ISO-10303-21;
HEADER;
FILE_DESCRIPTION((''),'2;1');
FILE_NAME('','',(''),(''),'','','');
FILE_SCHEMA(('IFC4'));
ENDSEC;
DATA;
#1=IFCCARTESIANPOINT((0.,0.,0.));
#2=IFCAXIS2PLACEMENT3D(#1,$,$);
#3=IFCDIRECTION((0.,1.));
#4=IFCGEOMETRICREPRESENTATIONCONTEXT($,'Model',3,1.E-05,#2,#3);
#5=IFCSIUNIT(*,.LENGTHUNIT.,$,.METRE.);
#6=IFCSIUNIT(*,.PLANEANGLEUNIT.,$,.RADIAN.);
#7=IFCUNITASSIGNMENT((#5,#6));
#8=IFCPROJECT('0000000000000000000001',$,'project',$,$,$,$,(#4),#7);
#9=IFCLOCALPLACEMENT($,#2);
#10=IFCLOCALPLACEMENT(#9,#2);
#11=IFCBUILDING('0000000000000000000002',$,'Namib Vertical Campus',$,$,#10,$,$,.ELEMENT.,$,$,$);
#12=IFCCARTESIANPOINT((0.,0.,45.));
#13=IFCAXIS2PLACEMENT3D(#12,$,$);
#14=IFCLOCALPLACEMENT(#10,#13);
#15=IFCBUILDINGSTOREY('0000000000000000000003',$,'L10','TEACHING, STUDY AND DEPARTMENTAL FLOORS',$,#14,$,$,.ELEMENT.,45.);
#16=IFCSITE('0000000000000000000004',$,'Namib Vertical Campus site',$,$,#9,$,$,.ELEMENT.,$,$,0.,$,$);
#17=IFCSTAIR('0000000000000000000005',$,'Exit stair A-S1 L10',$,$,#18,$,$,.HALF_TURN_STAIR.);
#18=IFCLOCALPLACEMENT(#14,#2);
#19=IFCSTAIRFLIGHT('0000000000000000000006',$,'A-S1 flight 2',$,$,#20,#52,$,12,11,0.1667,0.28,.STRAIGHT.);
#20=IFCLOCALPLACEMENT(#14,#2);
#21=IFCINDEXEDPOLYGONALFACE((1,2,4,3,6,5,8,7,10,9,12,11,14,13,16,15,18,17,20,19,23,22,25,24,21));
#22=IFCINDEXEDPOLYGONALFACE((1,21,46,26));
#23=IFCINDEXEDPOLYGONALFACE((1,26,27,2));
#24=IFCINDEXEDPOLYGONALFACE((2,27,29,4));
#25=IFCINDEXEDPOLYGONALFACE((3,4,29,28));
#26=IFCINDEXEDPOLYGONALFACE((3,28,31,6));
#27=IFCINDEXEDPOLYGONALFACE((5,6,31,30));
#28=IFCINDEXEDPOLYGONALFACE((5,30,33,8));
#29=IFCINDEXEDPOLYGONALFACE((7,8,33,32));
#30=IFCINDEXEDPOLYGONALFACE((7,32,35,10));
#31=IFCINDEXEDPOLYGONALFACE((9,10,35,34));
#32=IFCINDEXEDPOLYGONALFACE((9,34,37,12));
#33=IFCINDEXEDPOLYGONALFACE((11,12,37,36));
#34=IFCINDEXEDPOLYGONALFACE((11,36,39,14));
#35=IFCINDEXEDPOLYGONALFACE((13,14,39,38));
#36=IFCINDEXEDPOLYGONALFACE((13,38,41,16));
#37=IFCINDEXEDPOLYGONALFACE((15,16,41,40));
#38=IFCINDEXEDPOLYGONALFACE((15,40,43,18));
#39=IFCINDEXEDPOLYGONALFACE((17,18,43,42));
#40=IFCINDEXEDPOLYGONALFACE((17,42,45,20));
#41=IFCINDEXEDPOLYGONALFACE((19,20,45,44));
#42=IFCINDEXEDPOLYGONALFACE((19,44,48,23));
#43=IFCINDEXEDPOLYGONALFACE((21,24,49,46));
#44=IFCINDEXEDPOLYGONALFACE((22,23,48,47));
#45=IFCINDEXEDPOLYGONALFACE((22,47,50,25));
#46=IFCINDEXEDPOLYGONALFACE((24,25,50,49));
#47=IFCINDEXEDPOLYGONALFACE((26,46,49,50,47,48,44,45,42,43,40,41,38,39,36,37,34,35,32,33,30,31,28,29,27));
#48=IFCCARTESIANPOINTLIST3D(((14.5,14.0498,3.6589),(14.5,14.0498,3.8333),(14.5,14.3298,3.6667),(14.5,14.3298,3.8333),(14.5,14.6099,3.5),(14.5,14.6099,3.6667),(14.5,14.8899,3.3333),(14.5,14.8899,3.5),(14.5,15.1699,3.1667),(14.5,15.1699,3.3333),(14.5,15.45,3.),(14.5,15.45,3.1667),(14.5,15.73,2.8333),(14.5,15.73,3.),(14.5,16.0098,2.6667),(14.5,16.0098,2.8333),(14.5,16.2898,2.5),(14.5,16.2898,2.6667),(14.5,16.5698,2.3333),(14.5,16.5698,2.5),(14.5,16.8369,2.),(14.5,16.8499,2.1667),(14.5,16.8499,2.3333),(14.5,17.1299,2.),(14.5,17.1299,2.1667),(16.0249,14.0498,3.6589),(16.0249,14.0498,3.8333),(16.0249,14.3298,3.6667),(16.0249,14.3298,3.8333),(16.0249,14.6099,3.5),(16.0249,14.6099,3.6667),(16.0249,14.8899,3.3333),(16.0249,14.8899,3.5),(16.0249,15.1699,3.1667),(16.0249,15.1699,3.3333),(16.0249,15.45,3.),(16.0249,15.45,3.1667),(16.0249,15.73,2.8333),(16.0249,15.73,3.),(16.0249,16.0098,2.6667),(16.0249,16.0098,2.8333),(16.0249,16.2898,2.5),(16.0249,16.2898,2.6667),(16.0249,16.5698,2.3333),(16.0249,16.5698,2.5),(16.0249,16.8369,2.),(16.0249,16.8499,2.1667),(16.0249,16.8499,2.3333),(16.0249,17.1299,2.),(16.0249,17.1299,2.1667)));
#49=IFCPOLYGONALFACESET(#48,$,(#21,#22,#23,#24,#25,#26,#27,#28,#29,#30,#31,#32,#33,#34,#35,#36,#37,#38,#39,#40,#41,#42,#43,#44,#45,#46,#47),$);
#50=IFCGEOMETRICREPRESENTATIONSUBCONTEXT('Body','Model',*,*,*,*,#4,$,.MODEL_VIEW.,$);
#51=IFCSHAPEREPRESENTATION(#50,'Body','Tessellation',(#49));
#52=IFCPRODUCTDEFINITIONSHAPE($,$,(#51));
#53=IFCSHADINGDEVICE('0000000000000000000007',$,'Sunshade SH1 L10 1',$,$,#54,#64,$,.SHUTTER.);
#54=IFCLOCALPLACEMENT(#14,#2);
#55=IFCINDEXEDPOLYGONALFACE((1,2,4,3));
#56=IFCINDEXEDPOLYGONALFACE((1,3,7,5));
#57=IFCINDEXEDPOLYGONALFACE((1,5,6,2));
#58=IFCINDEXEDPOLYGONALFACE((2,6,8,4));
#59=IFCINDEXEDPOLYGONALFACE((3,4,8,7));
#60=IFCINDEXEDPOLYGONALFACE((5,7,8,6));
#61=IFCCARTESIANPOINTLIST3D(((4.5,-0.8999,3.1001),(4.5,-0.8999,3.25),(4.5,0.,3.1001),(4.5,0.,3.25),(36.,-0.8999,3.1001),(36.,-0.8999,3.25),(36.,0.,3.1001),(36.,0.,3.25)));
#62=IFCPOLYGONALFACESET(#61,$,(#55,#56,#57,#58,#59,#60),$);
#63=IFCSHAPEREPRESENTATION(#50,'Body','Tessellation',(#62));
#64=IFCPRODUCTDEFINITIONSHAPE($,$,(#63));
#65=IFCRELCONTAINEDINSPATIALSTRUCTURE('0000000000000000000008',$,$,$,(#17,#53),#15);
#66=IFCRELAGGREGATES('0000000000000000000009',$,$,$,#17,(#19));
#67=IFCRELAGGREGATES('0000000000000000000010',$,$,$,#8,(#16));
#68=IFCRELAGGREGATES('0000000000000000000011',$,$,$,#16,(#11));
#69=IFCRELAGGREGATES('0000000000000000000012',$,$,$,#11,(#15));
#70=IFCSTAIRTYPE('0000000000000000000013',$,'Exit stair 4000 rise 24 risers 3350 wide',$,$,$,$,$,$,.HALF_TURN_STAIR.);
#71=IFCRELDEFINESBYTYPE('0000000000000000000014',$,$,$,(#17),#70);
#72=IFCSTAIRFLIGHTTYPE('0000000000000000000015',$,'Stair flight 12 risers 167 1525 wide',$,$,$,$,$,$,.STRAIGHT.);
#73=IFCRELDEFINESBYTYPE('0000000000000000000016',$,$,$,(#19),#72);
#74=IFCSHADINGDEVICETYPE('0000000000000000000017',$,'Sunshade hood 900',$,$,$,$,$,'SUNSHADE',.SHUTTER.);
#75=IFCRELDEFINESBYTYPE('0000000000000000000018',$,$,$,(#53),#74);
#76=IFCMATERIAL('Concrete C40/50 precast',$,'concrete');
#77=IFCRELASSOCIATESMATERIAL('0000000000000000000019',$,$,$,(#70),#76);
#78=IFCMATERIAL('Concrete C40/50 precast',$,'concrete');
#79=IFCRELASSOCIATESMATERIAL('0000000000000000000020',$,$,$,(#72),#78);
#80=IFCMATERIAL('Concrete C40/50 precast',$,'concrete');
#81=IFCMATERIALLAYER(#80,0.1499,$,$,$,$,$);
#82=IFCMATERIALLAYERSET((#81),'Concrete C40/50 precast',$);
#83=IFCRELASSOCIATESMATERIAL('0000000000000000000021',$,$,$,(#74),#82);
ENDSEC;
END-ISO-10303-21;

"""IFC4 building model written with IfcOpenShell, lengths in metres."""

from ifc_helpers import new_model, si_unit, direction, frame, origin, origin_2d, place, context, subcontext, project, spatial, polyline, rectangle, outline, extrude, material, layer, layer_set, type_object, element, aggregate, save


model = new_model("IFC4")

# Units and contexts
model_context = context("Model", 3, precision=1e-05, world=origin(), true_north=direction((0.0, 1.0)))
body_context = subcontext(model_context, "Body", "Model", "MODEL_VIEW")
ifc_project = project(units=[si_unit("LENGTHUNIT", "METRE"), si_unit("PLANEANGLEUNIT", "RADIAN")], contexts=[model_context])

# Site, building, storey
site_placement = place(None, origin())
site = spatial("IfcSite", under=ifc_project, at=site_placement, Name="Namib Vertical Campus site", CompositionType="ELEMENT", RefElevation=0.0)
building_placement = place(site_placement, origin())
building = spatial("IfcBuilding", under=site, at=building_placement, Name="Namib Vertical Campus", CompositionType="ELEMENT")
storey_placement = place(building_placement, frame((0.0, 0.0, 45.0)))
storey = spatial("IfcBuildingStorey", under=building, at=storey_placement, Name="L10", Description="TEACHING, STUDY AND DEPARTMENTAL FLOORS", CompositionType="ELEMENT", Elevation=45.0)

# Stair, stair flight
ifc_material_1 = material(Name="Concrete C40/50 precast", Category="concrete")
stair_type = type_object("IfcStairType", Name="Exit stair 4000 rise 24 risers 3350 wide", PredefinedType="HALF_TURN_STAIR", material=ifc_material_1)
stair_placement = place(storey_placement, origin())
stair = element("IfcStair", 1, at=stair_placement, inside=storey, type_object=stair_type, Name="Exit stair A-S1 L10", PredefinedType="HALF_TURN_STAIR")
ifc_material_2 = material(Name="Concrete C40/50 precast", Category="concrete")
stair_flight_type = type_object("IfcStairFlightType", Name="Stair flight 12 risers 167 1525 wide", PredefinedType="STRAIGHT", material=ifc_material_2)
stair_flight_1_placement = place(storey_placement, frame((15.2625, 17.1299, 2.0), z_axis=(0.0, 0.0, 1.0), x_axis=(0.0, -1.0, 0.0)))
stair_flight_1 = element("IfcStairFlight", 2, at=stair_flight_1_placement, type_object=stair_flight_type, Name="A-S1 flight 2", NumberOfRisers=12, NumberOfTreads=11, PredefinedType="STRAIGHT", RiserHeight=0.1667, TreadLength=0.28, context=body_context, shape_type="SweptSolid", body=[
    extrude(outline(polyline([(0.0, 0.0), (0.0, 0.1667), (0.28, 0.1667), (0.28, 0.3333), (0.5601, 0.3333), (0.5601, 0.5), (0.8401, 0.5), (0.8401, 0.6667), (1.1201, 0.6667), (1.1201, 0.8333), (1.3999, 0.8333), (1.3999, 1.0), (1.6799, 1.0), (1.6799, 1.1667), (1.96, 1.1667), (1.96, 1.3333), (2.24, 1.3333), (2.24, 1.5), (2.52, 1.5), (2.52, 1.6667), (2.8, 1.6667), (2.8, 1.8333), (3.0801, 1.8333), (3.0801, 2.0), (3.0801, 1.6589), (0.293, 0.0), (0.0, 0.0)])), frame((0.0, 0.7625, 0.0), z_axis=(0.0, -1.0, 0.0), x_axis=(1.0, 0.0, 0.0)), (0.0, 0.0, 1.0), 1.5249),
])
aggregate(stair, [stair_flight_1])

# Shading device
ifc_material_3 = material(Name="Concrete C40/50 precast", Category="concrete")
ifc_layer_1 = layer(ifc_material_3, 0.1499)
ifc_layer_set_1 = layer_set([ifc_layer_1], Name="Concrete C40/50 precast")
shading_device_type = type_object("IfcShadingDeviceType", Name="Sunshade hood 900", ElementType="SUNSHADE", PredefinedType="SHUTTER", material=ifc_layer_set_1)
shading_device_placement = place(storey_placement, frame((20.25, -0.45, 3.1001), z_axis=(0.0, 0.0, 1.0), x_axis=(1.0, 0.0, 0.0)))
element("IfcShadingDevice", 3, at=shading_device_placement, inside=storey, type_object=shading_device_type, Name="Sunshade SH1 L10 1", PredefinedType="SHUTTER", context=body_context, shape_type="SweptSolid", body=[
    extrude(rectangle(XDim=31.5, YDim=0.8999, at=origin_2d()), origin(), (0.0, 0.0, 1.0), 0.1499),
])

save(model, "model.ifc")
